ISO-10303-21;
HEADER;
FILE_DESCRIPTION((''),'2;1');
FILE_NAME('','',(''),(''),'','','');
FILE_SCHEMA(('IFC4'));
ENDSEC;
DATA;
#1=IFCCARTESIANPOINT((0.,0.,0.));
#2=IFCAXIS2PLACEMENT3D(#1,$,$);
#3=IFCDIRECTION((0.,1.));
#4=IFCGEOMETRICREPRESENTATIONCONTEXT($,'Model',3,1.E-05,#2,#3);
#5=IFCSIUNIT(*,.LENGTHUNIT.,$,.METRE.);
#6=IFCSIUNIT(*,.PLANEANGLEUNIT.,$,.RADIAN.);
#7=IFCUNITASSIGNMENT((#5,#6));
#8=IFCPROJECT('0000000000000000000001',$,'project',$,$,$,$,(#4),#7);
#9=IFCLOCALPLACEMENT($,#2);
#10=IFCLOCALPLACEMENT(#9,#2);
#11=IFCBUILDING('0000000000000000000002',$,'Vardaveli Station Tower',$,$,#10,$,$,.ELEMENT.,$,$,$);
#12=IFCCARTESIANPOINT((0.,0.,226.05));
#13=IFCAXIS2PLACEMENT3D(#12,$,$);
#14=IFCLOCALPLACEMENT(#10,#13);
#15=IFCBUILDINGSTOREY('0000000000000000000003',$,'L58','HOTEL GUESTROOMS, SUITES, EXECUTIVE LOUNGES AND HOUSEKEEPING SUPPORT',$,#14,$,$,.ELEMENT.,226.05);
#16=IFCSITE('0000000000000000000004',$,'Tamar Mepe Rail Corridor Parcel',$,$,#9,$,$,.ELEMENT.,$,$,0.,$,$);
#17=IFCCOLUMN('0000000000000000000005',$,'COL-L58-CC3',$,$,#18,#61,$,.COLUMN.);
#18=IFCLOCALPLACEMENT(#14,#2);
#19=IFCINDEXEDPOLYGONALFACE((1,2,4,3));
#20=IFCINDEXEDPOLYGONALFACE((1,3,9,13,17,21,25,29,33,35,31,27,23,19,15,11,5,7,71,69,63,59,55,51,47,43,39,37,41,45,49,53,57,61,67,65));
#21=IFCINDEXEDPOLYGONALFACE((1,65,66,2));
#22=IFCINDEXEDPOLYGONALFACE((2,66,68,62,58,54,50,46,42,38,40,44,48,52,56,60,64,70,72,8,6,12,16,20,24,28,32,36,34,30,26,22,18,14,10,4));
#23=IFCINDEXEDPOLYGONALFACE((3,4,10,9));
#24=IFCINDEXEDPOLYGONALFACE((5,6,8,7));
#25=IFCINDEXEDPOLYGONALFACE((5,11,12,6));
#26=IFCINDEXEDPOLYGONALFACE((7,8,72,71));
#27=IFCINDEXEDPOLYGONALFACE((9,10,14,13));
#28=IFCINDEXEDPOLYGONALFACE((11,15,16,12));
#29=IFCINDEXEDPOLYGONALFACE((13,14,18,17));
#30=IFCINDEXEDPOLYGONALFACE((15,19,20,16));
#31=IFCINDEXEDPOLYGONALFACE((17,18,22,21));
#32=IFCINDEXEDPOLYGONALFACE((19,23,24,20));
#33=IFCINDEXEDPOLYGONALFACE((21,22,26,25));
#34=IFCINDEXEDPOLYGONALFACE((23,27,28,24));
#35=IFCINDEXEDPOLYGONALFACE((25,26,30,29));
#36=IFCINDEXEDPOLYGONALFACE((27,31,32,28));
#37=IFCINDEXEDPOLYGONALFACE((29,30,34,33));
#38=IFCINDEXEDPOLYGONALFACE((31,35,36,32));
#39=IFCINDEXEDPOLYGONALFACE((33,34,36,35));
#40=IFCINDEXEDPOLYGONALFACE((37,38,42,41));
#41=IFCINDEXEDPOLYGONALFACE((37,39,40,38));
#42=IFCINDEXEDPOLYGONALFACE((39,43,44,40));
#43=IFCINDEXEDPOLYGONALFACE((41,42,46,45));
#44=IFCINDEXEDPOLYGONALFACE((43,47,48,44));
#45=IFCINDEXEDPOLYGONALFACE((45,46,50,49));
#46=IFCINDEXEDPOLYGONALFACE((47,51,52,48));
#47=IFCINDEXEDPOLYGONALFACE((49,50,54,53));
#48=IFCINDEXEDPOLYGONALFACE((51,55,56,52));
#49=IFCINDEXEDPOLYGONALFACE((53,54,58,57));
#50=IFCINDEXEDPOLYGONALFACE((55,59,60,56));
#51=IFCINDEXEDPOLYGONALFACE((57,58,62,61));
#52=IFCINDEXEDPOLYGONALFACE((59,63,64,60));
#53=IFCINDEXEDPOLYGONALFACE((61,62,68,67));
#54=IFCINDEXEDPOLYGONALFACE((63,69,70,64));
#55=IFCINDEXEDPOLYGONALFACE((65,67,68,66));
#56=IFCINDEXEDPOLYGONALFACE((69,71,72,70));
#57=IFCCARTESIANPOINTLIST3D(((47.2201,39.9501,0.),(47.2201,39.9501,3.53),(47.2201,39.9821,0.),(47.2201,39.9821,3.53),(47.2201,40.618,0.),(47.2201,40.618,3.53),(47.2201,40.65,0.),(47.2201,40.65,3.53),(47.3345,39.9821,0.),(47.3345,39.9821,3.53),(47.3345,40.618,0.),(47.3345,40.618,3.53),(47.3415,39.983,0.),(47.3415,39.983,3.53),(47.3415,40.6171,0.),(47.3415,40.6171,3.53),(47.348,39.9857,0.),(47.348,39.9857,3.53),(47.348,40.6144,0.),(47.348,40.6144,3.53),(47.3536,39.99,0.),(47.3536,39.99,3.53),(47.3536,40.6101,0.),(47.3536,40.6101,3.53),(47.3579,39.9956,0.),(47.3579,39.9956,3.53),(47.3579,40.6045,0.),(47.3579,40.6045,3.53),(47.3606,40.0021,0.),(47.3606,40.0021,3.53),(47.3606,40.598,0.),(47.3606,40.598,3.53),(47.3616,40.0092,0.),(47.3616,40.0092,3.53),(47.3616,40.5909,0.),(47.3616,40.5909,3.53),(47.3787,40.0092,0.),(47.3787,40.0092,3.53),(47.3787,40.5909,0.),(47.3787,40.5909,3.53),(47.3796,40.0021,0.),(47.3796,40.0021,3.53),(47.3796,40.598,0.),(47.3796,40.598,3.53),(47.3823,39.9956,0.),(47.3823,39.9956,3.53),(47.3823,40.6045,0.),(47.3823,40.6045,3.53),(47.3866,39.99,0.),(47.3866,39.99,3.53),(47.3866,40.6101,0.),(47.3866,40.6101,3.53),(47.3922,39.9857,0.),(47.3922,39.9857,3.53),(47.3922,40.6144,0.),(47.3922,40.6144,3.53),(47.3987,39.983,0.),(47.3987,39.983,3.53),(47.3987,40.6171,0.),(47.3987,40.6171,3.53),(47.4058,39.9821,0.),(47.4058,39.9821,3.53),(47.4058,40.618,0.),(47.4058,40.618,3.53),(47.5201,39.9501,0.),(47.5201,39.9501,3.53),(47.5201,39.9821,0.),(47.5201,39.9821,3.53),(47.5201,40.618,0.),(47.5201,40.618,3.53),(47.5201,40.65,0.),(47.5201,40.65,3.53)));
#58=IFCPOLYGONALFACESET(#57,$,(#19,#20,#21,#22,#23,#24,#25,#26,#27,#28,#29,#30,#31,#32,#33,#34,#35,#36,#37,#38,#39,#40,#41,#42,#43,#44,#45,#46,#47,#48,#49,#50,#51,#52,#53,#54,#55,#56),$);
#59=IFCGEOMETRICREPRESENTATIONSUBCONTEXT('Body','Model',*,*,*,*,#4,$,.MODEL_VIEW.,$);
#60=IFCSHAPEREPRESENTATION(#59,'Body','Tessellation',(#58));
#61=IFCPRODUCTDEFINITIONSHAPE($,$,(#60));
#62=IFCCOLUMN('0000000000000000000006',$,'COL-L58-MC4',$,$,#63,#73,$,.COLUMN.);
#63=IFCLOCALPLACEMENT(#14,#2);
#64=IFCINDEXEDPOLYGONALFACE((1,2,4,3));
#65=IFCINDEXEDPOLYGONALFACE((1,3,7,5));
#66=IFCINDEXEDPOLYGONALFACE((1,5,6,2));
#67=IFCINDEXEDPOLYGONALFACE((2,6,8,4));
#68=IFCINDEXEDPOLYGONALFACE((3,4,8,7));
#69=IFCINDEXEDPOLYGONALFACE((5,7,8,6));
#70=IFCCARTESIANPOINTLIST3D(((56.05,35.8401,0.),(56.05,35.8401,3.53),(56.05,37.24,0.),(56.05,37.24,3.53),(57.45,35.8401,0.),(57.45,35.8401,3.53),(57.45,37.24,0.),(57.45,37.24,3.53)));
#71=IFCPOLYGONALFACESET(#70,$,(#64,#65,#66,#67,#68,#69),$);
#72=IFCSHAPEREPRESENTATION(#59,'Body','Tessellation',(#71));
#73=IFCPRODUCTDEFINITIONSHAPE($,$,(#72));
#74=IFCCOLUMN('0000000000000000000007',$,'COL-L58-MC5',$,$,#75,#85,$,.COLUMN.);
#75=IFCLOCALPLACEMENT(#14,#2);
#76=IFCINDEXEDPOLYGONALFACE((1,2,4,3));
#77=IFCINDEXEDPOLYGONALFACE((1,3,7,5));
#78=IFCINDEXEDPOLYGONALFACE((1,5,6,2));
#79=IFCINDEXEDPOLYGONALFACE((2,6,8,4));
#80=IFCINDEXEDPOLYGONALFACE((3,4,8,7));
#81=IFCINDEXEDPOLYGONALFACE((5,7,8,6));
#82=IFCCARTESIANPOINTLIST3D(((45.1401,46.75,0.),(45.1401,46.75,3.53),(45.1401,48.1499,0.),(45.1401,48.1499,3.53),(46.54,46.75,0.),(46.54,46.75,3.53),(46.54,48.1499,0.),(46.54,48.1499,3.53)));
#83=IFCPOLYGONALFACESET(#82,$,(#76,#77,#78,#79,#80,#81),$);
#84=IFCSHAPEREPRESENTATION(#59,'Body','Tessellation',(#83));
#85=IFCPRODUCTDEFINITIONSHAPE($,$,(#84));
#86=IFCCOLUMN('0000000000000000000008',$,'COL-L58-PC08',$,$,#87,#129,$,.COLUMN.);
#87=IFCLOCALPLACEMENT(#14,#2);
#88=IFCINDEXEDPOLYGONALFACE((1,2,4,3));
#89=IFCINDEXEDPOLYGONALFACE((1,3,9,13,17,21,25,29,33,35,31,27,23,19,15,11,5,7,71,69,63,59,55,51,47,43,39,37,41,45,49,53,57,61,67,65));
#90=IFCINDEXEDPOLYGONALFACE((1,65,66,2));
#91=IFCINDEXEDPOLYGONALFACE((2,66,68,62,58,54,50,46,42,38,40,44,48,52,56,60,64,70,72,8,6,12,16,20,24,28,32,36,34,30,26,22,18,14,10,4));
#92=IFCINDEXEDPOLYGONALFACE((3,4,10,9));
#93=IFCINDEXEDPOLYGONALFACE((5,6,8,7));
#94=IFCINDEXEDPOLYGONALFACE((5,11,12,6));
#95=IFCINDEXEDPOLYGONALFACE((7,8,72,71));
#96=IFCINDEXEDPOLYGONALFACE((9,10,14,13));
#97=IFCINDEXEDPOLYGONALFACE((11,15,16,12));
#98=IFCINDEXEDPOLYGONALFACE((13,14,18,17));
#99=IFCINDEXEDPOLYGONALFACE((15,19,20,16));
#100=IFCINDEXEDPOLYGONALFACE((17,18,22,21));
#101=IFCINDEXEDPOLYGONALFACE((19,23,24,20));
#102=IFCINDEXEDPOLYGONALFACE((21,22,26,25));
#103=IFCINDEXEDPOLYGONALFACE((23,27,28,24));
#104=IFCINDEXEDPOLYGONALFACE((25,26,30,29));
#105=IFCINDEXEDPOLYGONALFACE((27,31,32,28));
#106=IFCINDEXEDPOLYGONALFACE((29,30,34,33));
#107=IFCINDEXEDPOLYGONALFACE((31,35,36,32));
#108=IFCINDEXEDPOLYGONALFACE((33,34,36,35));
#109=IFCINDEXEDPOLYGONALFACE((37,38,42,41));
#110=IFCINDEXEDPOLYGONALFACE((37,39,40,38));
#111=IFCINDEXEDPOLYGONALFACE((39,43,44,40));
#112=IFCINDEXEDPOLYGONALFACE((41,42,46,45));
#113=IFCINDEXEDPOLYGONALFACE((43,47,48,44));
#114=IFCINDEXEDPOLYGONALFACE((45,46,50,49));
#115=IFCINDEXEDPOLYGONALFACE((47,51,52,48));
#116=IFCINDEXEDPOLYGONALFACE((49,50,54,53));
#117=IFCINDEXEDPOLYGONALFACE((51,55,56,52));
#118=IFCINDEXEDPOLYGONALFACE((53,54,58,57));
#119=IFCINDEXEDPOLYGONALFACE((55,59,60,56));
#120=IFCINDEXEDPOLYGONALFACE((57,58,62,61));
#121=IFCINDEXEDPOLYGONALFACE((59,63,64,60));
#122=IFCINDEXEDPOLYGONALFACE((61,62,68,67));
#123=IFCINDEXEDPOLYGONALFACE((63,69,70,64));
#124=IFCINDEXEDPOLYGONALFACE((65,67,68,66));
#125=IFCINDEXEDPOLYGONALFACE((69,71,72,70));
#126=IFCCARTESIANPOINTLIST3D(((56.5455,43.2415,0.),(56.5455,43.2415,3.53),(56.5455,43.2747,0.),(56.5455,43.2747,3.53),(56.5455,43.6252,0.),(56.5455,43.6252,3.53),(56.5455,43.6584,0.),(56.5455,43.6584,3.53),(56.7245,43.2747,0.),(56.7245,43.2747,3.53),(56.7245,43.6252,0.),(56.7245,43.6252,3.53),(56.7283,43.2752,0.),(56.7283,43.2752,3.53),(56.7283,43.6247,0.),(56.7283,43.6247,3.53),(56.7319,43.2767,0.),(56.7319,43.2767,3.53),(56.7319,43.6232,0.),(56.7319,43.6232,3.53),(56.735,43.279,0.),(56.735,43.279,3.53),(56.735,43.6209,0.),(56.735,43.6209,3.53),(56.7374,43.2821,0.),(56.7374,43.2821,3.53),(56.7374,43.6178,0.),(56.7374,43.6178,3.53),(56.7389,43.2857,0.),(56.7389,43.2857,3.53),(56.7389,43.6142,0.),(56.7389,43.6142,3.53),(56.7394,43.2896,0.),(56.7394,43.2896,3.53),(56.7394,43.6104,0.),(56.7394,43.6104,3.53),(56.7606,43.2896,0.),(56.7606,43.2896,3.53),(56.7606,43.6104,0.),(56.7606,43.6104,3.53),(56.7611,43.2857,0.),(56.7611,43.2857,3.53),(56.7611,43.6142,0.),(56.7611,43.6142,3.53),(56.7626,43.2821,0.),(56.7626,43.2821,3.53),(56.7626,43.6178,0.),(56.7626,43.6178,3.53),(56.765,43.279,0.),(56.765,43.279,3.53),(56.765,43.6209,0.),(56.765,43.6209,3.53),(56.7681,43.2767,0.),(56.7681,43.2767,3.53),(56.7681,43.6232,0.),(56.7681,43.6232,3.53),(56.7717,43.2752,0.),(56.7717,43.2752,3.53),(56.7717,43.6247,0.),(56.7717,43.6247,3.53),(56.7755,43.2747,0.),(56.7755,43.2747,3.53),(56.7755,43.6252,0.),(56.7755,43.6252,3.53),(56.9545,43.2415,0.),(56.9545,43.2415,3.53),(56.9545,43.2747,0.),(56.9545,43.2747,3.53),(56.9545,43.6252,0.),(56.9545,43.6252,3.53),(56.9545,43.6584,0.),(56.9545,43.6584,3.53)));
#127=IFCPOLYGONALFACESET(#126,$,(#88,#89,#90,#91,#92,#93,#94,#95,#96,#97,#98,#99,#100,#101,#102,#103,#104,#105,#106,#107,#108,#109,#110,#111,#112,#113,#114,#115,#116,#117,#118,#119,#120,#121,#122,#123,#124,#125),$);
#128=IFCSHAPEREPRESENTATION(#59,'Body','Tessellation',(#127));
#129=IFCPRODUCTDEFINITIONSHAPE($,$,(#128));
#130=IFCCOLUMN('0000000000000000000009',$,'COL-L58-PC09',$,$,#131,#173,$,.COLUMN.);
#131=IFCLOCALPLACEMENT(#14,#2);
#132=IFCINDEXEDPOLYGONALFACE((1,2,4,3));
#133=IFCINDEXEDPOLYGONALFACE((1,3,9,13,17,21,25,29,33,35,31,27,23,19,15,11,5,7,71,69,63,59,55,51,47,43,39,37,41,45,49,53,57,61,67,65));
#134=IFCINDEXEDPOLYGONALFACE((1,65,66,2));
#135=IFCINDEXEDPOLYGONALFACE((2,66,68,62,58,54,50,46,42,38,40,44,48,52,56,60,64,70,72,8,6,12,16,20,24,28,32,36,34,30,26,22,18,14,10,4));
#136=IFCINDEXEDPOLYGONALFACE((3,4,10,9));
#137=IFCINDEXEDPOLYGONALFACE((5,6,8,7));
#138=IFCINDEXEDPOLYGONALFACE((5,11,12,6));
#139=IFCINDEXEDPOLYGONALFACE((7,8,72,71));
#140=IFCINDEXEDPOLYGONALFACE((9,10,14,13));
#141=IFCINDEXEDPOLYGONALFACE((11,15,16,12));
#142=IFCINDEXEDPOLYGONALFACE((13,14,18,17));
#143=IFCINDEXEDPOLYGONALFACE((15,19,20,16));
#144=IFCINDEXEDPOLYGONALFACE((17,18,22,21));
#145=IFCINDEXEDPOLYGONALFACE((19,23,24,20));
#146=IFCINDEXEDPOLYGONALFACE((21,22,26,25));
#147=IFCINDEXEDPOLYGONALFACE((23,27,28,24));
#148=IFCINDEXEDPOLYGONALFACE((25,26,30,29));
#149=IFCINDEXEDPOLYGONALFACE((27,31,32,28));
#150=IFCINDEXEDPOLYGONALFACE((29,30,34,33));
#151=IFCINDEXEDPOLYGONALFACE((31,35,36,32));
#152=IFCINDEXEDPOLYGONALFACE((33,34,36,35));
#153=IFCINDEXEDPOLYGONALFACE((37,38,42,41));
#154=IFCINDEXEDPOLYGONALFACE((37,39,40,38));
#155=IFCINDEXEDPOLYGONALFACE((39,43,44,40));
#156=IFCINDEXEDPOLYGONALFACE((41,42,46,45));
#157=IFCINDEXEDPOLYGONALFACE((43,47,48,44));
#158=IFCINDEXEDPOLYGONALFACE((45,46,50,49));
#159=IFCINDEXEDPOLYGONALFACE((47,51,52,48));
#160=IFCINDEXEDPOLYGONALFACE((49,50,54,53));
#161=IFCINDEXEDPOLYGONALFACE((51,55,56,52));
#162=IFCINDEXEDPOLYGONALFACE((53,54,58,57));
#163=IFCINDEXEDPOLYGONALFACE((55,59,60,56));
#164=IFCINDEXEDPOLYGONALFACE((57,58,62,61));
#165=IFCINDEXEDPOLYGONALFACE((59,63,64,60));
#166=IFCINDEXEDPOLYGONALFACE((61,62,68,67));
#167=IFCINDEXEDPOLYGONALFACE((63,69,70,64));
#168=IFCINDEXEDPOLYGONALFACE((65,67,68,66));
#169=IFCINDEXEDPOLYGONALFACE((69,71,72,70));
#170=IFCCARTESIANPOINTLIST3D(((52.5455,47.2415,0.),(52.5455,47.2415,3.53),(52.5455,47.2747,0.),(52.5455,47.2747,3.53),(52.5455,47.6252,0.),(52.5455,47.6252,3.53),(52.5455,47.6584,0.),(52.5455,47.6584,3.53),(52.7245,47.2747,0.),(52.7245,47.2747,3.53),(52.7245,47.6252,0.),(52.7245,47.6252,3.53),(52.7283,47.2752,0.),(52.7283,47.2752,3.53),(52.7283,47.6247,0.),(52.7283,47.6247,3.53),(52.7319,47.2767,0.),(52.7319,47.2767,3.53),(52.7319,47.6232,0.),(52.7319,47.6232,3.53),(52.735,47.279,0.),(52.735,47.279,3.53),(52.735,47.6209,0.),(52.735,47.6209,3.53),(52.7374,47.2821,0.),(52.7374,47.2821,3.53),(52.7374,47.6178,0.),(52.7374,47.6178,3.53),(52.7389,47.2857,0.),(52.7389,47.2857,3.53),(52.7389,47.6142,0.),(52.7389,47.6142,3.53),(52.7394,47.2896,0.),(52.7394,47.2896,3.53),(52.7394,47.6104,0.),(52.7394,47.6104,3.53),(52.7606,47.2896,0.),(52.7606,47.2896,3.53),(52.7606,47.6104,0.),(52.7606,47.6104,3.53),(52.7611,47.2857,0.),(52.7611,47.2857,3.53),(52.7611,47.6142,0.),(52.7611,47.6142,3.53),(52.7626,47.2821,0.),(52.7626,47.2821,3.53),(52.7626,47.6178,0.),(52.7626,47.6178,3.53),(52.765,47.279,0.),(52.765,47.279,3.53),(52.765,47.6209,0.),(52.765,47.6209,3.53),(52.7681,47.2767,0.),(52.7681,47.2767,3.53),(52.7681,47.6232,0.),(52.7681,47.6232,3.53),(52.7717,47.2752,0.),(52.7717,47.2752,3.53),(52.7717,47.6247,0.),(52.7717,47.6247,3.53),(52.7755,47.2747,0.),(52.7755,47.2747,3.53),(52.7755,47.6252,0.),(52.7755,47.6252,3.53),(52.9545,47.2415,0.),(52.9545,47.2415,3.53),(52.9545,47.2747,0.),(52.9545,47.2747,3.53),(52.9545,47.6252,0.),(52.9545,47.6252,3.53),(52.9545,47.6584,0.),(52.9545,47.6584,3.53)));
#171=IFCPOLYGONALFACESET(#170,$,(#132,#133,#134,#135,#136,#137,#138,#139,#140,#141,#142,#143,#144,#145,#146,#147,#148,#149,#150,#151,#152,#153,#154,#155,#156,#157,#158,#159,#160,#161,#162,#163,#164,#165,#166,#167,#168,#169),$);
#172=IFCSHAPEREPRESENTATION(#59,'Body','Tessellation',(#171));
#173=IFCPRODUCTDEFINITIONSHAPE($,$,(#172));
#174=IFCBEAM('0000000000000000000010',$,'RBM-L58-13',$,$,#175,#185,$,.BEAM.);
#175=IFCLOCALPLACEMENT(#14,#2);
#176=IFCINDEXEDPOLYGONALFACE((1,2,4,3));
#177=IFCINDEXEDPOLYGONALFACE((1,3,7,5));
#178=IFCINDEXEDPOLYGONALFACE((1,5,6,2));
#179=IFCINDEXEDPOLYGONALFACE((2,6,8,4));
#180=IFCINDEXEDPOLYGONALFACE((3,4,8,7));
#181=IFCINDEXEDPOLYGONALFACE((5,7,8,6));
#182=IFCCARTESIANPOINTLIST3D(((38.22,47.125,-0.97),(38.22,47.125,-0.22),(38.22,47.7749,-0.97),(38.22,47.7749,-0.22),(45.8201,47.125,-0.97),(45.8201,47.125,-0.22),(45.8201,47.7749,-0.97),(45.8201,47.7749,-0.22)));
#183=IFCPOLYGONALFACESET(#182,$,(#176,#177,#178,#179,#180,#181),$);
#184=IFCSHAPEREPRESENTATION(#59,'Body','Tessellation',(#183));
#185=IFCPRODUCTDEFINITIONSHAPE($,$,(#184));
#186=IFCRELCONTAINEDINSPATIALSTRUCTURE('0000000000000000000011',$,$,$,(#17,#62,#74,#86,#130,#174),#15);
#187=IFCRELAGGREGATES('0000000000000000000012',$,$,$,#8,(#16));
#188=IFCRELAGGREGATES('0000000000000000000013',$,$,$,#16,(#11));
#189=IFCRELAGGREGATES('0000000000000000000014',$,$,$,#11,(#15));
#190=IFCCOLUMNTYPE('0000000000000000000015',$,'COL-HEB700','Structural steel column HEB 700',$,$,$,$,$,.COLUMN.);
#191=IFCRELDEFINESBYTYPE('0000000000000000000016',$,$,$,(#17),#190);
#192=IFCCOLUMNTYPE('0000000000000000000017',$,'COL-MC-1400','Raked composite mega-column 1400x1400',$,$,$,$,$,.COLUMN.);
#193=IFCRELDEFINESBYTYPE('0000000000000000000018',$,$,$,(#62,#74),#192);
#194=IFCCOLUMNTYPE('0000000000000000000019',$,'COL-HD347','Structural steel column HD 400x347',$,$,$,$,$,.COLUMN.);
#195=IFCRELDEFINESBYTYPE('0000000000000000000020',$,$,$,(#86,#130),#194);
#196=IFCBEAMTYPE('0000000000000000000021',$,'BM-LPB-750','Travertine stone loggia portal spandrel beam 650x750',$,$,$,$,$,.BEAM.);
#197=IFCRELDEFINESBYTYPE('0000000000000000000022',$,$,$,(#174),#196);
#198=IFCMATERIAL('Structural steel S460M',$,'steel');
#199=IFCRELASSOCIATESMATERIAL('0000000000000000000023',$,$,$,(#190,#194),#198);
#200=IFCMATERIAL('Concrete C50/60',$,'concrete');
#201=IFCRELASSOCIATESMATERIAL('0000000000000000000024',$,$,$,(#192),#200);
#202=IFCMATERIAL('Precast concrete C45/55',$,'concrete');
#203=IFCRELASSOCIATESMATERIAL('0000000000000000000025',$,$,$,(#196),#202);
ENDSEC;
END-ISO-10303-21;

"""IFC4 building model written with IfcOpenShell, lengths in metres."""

from ifc_helpers import new_model, si_unit, direction, frame, origin, origin_2d, place, context, subcontext, project, spatial, rectangle, i_section, extrude, source, transform, mapped, material, material_profile, profile_set, type_object, element, save


model = new_model("IFC4")

# Units and contexts
model_context = context("Model", 3, precision=1e-05, world=origin(), true_north=direction((0.0, 1.0)))
body_context = subcontext(model_context, "Body", "Model", "MODEL_VIEW")
ifc_project = project(units=[si_unit("LENGTHUNIT", "METRE"), si_unit("PLANEANGLEUNIT", "RADIAN")], contexts=[model_context])

# Site, building, storey
site_placement = place(None, origin())
site = spatial("IfcSite", under=ifc_project, at=site_placement, Name="Tamar Mepe Rail Corridor Parcel", CompositionType="ELEMENT", RefElevation=0.0)
building_placement = place(site_placement, origin())
building = spatial("IfcBuilding", under=site, at=building_placement, Name="Vardaveli Station Tower", CompositionType="ELEMENT")
storey_placement = place(building_placement, frame((0.0, 0.0, 226.05)))
storey = spatial("IfcBuildingStorey", under=building, at=storey_placement, Name="L58", Description="HOTEL GUESTROOMS, SUITES, EXECUTIVE LOUNGES AND HOUSEKEEPING SUPPORT", CompositionType="ELEMENT", Elevation=226.05)

# Columns
ifc_material_1 = material(Name="Structural steel S460M", Category="steel")
ifc_material_profile_1 = material_profile(ifc_material_1, i_section(OverallWidth=0.3, OverallDepth=0.7, WebThickness=0.0171, FlangeThickness=0.032, FilletRadius=0.0271, at=origin_2d()), Name="HEB 700")
ifc_profile_set_1 = profile_set([ifc_material_profile_1], Name="Structural steel S460M")
column_type_1 = type_object("IfcColumnType", Name="COL-HEB700", Description="Structural steel column HEB 700", PredefinedType="COLUMN", material=ifc_profile_set_1)
shared_shape_1 = source(origin(), body_context, "Body", "SweptSolid", [
    extrude(i_section(OverallWidth=0.3, OverallDepth=0.7, WebThickness=0.0171, FlangeThickness=0.032, FilletRadius=0.0271, at=origin_2d()), origin(), (0.0, 0.0, 1.0), 3.53),
])
column_placement = place(storey_placement, frame((47.3701, 40.3, 0.0), z_axis=(0.0, 0.0, 1.0), x_axis=(1.0, 0.0, 0.0)))
element("IfcColumn", 1, at=column_placement, inside=storey, type_object=column_type_1, Name="COL-L58-CC3", PredefinedType="COLUMN", context=body_context, shape_type="MappedRepresentation", body=[
    mapped(shared_shape_1, transform((0.0, 0.0, 0.0), scale=1.0)),
])
ifc_material_2 = material(Name="Concrete C50/60", Category="concrete")
ifc_material_profile_2 = material_profile(ifc_material_2, rectangle(XDim=1.3999, YDim=1.3999, at=origin_2d()), Name="MC 1400x1400")
ifc_profile_set_2 = profile_set([ifc_material_profile_2], Name="Concrete C50/60")
column_type_2 = type_object("IfcColumnType", Name="COL-MC-1400", Description="Raked composite mega-column 1400x1400", PredefinedType="COLUMN", material=ifc_profile_set_2)
shared_shape_2 = source(origin(), body_context, "Body", "SweptSolid", [
    extrude(rectangle(XDim=1.3999, YDim=1.3999, at=origin_2d()), origin(), (0.0, 0.0, 1.0), 3.53),
])
for number, where, z_axis, x_axis, name in (
    (2, (56.75, 36.54, 0.0), (0.0, 0.0, 1.0), (1.0, 0.0, 0.0), "COL-L58-MC4"),
    (3, (45.8401, 47.45, 0.0), (0.0, 0.0, 1.0), (1.0, 0.0, 0.0), "COL-L58-MC5"),
):
    element("IfcColumn", number, at=place(storey_placement, frame(where, z_axis=z_axis, x_axis=x_axis)), inside=storey, type_object=column_type_2, Name=name, PredefinedType="COLUMN", context=body_context, shape_type="MappedRepresentation", body=[
        mapped(shared_shape_2, transform((0.0, 0.0, 0.0), scale=1.0)),
    ])
ifc_material_profile_3 = material_profile(ifc_material_1, i_section(OverallWidth=0.4089, OverallDepth=0.417, WebThickness=0.0212, FlangeThickness=0.0332, FilletRadius=0.0149, at=origin_2d()), Name="HD 400x347")
ifc_profile_set_3 = profile_set([ifc_material_profile_3], Name="Structural steel S460M")
column_type_3 = type_object("IfcColumnType", Name="COL-HD347", Description="Structural steel column HD 400x347", PredefinedType="COLUMN", material=ifc_profile_set_3)
shared_shape_3 = source(origin(), body_context, "Body", "SweptSolid", [
    extrude(i_section(OverallWidth=0.4089, OverallDepth=0.417, WebThickness=0.0212, FlangeThickness=0.0332, FilletRadius=0.0149, at=origin_2d()), origin(), (0.0, 0.0, 1.0), 3.53),
])
for number, where, z_axis, x_axis, name in (
    (4, (56.75, 43.45, 0.0), (0.0, 0.0, 1.0), (1.0, 0.0, 0.0), "COL-L58-PC08"),
    (5, (52.75, 47.45, 0.0), (0.0, 0.0, 1.0), (1.0, 0.0, 0.0), "COL-L58-PC09"),
):
    element("IfcColumn", number, at=place(storey_placement, frame(where, z_axis=z_axis, x_axis=x_axis)), inside=storey, type_object=column_type_3, Name=name, PredefinedType="COLUMN", context=body_context, shape_type="MappedRepresentation", body=[
        mapped(shared_shape_3, transform((0.0, 0.0, 0.0), scale=1.0)),
    ])

# Beam
ifc_material_3 = material(Name="Precast concrete C45/55", Category="concrete")
ifc_material_profile_4 = material_profile(ifc_material_3, rectangle(XDim=0.6499, YDim=0.75, at=origin_2d()), Name="LPB 650x750")
ifc_profile_set_4 = profile_set([ifc_material_profile_4], Name="Precast concrete C45/55")
beam_type = type_object("IfcBeamType", Name="BM-LPB-750", Description="Travertine stone loggia portal spandrel beam 650x750", PredefinedType="BEAM", material=ifc_profile_set_4)
shared_shape_4 = source(origin(), body_context, "Body", "SweptSolid", [
    extrude(rectangle(XDim=0.6499, YDim=0.75, at=origin_2d()), origin(), (0.0, 0.0, 1.0), 7.6001),
])
beam_1_placement = place(storey_placement, frame((45.8201, 47.45, -0.595), z_axis=(-1.0, 0.0, 0.0), x_axis=(0.0, -1.0, 0.0)))
element("IfcBeam", 6, at=beam_1_placement, inside=storey, type_object=beam_type, Name="RBM-L58-13", PredefinedType="BEAM", context=body_context, shape_type="MappedRepresentation", body=[
    mapped(shared_shape_4, transform((0.0, 0.0, 0.0), scale=1.0)),
])

save(model, "model.ifc")
